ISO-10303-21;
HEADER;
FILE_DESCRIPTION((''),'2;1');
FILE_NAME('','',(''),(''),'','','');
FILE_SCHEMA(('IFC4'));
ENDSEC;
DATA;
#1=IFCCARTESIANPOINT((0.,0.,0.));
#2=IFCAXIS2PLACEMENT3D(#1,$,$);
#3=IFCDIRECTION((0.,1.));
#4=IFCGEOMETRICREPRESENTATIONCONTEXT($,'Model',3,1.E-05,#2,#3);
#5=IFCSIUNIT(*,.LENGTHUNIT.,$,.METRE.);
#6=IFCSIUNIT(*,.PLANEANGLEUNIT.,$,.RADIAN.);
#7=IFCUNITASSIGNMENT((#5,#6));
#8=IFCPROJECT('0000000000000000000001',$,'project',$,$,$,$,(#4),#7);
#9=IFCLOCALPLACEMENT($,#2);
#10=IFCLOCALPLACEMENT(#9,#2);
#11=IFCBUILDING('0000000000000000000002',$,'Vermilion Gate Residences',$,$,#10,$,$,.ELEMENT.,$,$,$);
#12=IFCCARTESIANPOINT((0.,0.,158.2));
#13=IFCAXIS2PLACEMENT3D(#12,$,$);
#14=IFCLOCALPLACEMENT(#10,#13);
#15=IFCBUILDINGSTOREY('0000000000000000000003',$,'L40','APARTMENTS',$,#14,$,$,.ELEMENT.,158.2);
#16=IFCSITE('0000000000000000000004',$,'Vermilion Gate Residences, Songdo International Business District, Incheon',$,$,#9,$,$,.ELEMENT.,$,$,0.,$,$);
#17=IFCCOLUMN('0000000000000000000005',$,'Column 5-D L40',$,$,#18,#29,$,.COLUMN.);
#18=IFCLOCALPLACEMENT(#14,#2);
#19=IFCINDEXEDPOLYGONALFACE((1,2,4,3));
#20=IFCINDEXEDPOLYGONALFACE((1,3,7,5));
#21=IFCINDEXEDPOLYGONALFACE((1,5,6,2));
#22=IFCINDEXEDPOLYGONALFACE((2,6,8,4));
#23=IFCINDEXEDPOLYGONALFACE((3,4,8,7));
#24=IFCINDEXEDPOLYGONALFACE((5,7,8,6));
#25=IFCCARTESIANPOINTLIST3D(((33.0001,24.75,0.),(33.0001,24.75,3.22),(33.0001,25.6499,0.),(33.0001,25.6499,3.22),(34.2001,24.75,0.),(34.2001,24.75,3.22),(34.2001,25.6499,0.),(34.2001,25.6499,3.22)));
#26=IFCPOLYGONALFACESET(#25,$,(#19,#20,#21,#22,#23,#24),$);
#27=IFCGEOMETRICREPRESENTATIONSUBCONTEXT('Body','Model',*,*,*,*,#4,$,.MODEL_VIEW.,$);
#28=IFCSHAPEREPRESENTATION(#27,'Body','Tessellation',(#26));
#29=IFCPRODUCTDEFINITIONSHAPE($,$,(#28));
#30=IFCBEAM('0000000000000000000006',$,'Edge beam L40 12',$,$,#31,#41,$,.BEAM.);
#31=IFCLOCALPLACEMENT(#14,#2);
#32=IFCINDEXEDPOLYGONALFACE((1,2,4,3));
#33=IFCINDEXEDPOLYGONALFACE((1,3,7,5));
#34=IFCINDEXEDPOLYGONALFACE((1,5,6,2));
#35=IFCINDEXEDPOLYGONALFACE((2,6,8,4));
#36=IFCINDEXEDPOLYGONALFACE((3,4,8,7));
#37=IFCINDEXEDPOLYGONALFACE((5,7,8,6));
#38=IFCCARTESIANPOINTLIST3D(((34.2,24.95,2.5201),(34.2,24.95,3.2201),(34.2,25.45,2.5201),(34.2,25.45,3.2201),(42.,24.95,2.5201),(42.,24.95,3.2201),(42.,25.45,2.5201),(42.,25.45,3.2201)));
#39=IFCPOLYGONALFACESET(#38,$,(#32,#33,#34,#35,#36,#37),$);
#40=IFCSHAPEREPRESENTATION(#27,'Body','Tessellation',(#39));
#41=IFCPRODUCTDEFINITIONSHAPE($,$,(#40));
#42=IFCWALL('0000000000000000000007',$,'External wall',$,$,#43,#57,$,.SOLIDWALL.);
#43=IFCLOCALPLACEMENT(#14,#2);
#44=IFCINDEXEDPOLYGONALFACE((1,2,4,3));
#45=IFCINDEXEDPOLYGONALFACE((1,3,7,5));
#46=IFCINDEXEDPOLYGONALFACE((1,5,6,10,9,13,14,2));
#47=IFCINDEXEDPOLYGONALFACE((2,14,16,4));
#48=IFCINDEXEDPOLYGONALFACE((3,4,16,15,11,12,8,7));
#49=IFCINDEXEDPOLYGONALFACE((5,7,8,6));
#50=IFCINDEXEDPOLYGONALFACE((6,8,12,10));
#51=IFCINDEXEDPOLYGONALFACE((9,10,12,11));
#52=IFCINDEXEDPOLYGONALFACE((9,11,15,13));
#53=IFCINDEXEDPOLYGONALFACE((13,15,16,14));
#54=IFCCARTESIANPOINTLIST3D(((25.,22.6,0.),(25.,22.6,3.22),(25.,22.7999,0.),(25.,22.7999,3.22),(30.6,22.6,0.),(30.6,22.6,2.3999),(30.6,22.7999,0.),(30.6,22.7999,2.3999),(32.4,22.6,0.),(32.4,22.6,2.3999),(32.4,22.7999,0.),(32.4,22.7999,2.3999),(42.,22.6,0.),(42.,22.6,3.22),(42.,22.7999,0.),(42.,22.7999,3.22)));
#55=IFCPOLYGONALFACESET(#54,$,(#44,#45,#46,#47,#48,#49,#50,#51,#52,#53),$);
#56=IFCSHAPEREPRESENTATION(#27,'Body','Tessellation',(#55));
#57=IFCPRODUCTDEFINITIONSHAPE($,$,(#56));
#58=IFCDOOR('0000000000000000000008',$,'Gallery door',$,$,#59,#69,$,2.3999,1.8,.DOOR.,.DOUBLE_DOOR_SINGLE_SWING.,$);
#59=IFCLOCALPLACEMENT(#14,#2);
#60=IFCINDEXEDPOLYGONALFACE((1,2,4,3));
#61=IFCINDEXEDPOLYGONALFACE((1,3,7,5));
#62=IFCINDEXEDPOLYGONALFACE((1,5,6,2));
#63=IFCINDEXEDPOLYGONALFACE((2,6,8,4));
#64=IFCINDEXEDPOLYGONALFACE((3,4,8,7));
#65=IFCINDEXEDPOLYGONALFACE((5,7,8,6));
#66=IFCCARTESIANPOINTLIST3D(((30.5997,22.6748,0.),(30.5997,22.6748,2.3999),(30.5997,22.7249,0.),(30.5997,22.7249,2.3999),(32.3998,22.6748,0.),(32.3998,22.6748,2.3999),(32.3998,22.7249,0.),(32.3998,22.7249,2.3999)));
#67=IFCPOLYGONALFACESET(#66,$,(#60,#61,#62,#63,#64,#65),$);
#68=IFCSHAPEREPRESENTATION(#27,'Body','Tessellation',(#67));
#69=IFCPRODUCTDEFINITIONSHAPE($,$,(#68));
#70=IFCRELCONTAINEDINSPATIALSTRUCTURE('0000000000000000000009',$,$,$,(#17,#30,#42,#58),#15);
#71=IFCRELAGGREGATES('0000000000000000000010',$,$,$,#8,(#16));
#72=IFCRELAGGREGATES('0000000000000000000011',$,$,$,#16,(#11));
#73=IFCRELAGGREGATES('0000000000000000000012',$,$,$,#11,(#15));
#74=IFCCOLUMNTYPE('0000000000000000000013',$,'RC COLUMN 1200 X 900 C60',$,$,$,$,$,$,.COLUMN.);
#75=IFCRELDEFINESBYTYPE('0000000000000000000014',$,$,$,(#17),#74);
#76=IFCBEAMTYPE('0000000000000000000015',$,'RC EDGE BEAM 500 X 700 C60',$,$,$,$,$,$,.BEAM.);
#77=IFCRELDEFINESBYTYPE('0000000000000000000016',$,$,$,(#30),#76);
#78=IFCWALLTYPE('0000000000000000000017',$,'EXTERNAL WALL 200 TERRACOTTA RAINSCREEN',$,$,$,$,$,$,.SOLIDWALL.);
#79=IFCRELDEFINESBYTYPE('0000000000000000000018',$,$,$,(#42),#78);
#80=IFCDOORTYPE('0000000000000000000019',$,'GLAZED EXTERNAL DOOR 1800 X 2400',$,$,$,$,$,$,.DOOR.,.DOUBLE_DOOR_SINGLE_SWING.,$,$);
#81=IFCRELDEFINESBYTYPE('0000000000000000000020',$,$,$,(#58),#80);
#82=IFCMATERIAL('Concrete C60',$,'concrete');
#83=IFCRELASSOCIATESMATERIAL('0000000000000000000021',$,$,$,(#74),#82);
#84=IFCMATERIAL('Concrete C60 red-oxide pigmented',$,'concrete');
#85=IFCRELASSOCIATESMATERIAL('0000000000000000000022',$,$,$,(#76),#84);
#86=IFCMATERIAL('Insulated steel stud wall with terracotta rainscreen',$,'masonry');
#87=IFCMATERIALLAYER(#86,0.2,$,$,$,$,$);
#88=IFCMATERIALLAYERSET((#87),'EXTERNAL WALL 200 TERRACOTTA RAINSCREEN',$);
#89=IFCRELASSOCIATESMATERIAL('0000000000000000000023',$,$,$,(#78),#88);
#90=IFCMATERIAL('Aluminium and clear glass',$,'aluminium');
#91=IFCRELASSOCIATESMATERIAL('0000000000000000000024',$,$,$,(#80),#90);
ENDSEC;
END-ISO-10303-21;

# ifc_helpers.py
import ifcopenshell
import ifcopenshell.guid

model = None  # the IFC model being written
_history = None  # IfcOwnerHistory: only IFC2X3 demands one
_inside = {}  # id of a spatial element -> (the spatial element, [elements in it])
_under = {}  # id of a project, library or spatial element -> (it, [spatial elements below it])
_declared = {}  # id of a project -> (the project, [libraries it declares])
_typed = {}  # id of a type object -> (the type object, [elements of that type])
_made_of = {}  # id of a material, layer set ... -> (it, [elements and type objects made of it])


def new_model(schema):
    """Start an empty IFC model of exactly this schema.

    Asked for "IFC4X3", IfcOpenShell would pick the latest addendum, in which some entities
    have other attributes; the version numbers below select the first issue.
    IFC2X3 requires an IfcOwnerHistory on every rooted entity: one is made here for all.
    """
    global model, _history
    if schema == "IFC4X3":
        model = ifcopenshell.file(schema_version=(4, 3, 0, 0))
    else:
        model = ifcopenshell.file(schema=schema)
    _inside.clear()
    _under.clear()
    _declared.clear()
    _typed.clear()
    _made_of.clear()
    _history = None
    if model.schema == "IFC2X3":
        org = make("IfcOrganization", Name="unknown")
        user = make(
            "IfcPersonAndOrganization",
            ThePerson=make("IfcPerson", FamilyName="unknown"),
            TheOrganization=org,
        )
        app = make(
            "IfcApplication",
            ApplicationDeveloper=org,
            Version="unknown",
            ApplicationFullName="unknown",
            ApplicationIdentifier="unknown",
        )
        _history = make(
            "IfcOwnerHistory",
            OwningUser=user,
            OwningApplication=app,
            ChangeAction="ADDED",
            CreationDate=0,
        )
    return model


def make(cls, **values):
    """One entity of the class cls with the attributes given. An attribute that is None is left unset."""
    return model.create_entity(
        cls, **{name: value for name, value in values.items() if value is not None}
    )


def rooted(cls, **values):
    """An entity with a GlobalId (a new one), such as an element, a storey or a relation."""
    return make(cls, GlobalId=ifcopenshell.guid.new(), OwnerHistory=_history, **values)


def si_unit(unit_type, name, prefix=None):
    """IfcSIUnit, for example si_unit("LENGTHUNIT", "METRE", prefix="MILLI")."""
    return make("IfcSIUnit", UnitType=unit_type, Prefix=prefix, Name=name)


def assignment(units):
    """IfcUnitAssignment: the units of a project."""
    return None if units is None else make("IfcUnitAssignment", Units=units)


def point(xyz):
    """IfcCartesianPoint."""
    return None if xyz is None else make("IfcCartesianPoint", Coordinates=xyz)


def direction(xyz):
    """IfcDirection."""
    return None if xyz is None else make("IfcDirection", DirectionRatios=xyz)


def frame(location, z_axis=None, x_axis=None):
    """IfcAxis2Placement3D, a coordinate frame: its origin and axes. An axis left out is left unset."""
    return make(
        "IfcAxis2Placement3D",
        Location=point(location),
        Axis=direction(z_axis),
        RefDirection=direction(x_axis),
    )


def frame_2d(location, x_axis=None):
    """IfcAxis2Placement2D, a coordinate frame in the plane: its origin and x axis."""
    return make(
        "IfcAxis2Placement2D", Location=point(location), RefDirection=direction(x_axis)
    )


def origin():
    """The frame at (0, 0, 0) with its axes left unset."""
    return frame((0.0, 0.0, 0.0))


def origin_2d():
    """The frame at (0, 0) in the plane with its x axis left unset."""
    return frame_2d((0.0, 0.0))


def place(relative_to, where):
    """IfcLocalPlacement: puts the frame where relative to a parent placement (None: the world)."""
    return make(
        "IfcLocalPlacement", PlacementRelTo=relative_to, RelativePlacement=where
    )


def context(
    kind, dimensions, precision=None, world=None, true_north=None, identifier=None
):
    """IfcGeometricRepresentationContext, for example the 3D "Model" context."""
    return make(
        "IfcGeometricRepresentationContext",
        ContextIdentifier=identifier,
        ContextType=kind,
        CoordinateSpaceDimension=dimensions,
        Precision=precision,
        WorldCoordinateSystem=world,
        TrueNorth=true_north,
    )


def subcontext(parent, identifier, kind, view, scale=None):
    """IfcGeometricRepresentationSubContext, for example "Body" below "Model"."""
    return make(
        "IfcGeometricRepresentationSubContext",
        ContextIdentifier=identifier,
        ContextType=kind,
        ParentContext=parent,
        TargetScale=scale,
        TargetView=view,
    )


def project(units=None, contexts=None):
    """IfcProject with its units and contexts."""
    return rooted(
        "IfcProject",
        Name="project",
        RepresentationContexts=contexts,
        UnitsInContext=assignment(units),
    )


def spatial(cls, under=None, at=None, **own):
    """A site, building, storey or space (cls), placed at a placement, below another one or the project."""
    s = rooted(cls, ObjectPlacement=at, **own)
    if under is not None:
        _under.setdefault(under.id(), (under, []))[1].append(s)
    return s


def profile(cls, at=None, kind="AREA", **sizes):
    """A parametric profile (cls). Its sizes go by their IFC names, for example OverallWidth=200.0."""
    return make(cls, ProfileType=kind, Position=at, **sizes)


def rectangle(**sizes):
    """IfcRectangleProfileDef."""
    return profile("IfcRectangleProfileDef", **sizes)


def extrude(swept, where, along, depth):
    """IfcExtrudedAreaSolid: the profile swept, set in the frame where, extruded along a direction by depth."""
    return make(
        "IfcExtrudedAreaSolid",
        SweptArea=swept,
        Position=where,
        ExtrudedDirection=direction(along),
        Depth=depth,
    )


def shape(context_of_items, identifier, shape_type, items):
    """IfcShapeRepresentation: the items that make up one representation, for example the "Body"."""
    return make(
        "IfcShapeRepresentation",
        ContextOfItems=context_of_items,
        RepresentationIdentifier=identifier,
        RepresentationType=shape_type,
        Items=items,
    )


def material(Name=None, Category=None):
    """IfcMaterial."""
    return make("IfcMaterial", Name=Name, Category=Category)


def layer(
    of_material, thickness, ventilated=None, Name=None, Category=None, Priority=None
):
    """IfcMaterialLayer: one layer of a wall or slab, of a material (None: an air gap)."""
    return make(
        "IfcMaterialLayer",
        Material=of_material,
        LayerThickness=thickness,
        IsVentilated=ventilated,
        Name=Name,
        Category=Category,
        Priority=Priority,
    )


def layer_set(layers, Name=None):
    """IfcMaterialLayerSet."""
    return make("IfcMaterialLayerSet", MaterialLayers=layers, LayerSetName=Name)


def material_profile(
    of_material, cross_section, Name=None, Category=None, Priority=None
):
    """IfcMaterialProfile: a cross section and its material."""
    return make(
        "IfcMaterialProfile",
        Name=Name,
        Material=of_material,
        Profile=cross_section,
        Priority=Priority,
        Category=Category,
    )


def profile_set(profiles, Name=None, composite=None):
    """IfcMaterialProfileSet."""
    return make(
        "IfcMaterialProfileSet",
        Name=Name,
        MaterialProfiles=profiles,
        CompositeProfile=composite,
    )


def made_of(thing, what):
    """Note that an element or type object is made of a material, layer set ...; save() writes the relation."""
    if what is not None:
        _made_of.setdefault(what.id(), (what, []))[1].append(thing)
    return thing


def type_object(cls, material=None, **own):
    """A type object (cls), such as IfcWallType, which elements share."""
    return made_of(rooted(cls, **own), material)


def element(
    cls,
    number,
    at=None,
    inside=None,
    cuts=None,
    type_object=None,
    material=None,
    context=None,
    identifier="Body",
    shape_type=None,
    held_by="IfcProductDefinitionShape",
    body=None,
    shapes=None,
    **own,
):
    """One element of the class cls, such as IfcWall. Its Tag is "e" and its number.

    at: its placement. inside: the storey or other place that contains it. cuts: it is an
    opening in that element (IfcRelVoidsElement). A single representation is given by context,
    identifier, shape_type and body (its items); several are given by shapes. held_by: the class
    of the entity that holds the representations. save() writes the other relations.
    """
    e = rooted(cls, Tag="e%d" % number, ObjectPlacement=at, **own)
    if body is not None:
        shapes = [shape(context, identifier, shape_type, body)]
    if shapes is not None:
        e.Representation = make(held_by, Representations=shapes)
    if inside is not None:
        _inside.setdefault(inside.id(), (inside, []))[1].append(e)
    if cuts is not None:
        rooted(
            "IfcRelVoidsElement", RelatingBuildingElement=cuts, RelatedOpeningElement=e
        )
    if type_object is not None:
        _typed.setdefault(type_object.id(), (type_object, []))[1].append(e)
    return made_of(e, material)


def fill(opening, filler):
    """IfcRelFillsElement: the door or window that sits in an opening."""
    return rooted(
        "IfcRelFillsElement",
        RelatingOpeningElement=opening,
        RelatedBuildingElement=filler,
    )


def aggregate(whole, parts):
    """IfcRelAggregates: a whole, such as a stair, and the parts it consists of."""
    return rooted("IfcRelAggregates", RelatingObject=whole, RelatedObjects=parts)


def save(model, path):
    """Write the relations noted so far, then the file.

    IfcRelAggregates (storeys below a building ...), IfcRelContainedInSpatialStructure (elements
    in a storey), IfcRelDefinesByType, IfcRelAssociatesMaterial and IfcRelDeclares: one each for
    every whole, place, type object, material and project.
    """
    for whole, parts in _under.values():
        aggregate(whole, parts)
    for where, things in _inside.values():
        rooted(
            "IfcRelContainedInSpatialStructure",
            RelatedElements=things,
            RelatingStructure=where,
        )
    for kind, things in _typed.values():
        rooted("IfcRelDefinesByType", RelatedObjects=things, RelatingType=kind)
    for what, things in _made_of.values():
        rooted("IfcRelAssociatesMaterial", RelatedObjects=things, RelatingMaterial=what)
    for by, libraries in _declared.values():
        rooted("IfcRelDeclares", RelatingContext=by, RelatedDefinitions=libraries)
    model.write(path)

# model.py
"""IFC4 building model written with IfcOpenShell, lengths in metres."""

from ifc_helpers import new_model, si_unit, direction, frame, frame_2d, origin, origin_2d, place, context, subcontext, project, spatial, rectangle, extrude, material, layer, layer_set, material_profile, profile_set, type_object, element, fill, save


model = new_model("IFC4")

# Units and contexts
model_context = context("Model", 3, precision=1e-05, world=origin(), true_north=direction((0.0, 1.0)))
body_context = subcontext(model_context, "Body", "Model", "MODEL_VIEW")
ifc_project = project(units=[si_unit("LENGTHUNIT", "METRE"), si_unit("PLANEANGLEUNIT", "RADIAN")], contexts=[model_context])

# Site, building, storey
site_placement = place(None, origin())
site = spatial("IfcSite", under=ifc_project, at=site_placement, Name="Vermilion Gate Residences, Songdo International Business District, Incheon", CompositionType="ELEMENT", RefElevation=0.0)
building_placement = place(site_placement, origin())
building = spatial("IfcBuilding", under=site, at=building_placement, Name="Vermilion Gate Residences", CompositionType="ELEMENT")
storey_placement = place(building_placement, frame((0.0, 0.0, 158.2)))
storey = spatial("IfcBuildingStorey", under=building, at=storey_placement, Name="L40", Description="APARTMENTS", CompositionType="ELEMENT", Elevation=158.2)

# Column
ifc_material_1 = material(Name="Concrete C60", Category="concrete")
ifc_material_profile_1 = material_profile(ifc_material_1, rectangle(XDim=1.2, YDim=0.8999, at=origin_2d()), Name="RC-1200x900")
ifc_profile_set_1 = profile_set([ifc_material_profile_1], Name="Concrete C60")
column_type = type_object("IfcColumnType", Name="RC COLUMN 1200 X 900 C60", PredefinedType="COLUMN", material=ifc_profile_set_1)
column_placement = place(storey_placement, frame((33.6001, 25.2, 0.0), z_axis=(0.0, 0.0, 1.0), x_axis=(1.0, 0.0, 0.0)))
element("IfcColumn", 1, at=column_placement, inside=storey, type_object=column_type, Name="Column 5-D L40", PredefinedType="COLUMN", context=body_context, shape_type="SweptSolid", body=[
    extrude(rectangle(XDim=1.2, YDim=0.8999, at=origin_2d()), origin(), (0.0, 0.0, 1.0), 3.22),
])

# Beam
ifc_material_2 = material(Name="Concrete C60 red-oxide pigmented", Category="concrete")
ifc_material_profile_2 = material_profile(ifc_material_2, rectangle(XDim=0.5, YDim=0.7, at=origin_2d()), Name="RC-500x700")
ifc_profile_set_2 = profile_set([ifc_material_profile_2], Name="Concrete C60 red-oxide pigmented")
beam_type = type_object("IfcBeamType", Name="RC EDGE BEAM 500 X 700 C60", PredefinedType="BEAM", material=ifc_profile_set_2)
beam_placement = place(storey_placement, frame((34.2, 25.2, 2.8701), z_axis=(1.0, 0.0, 0.0), x_axis=(0.0, 1.0, 0.0)))
element("IfcBeam", 2, at=beam_placement, inside=storey, type_object=beam_type, Name="Edge beam L40 12", PredefinedType="BEAM", context=body_context, shape_type="SweptSolid", body=[
    extrude(rectangle(XDim=0.5, YDim=0.7, at=origin_2d()), origin(), (0.0, 0.0, 1.0), 7.8),
])

# Wall, opening, door
ifc_material_3 = material(Name="Insulated steel stud wall with terracotta rainscreen", Category="masonry")
ifc_layer_1 = layer(ifc_material_3, 0.2)
ifc_layer_set_1 = layer_set([ifc_layer_1], Name="EXTERNAL WALL 200 TERRACOTTA RAINSCREEN")
wall_type_1 = type_object("IfcWallType", Name="EXTERNAL WALL 200 TERRACOTTA RAINSCREEN", PredefinedType="SOLIDWALL", material=ifc_layer_set_1)
wall_1_placement = place(storey_placement, frame((42.0, 22.7, 0.0), z_axis=(0.0, 0.0, 1.0), x_axis=(-1.0, 0.0, 0.0)))
wall_1 = element("IfcWall", 3, at=wall_1_placement, inside=storey, type_object=wall_type_1, Name="External wall", PredefinedType="SOLIDWALL", context=body_context, shape_type="SweptSolid", body=[
    extrude(rectangle(XDim=17.0, YDim=0.2, at=frame_2d((8.5, 0.0))), origin(), (0.0, 0.0, 1.0), 3.22),
])
opening_1_placement = place(wall_1_placement, frame((9.6001, 0.0, 0.0)))
opening_1 = element("IfcOpeningElement", 4, at=opening_1_placement, cuts=wall_1, PredefinedType="OPENING", context=body_context, shape_type="SweptSolid", body=[
    extrude(rectangle(XDim=1.8, YDim=2.3999, at=frame_2d((0.8999, 1.2))), frame((0.0, 0.1099, 0.0), z_axis=(0.0, -1.0, 0.0), x_axis=(1.0, 0.0, 0.0)), (0.0, 0.0, 1.0), 0.22),
])
ifc_material_4 = material(Name="Aluminium and clear glass", Category="aluminium")
door_type = type_object("IfcDoorType", Name="GLAZED EXTERNAL DOOR 1800 X 2400", OperationType="DOUBLE_DOOR_SINGLE_SWING", PredefinedType="DOOR", material=ifc_material_4)
door_placement = place(opening_1_placement, frame((1.8, 0.0, 0.0), z_axis=(0.0, 0.0, 1.0), x_axis=(-1.0, 0.0, 0.0)))
door = element("IfcDoor", 5, at=door_placement, inside=storey, type_object=door_type, Name="Gallery door", OperationType="DOUBLE_DOOR_SINGLE_SWING", OverallHeight=2.3999, OverallWidth=1.8, PredefinedType="DOOR", context=body_context, shape_type="SweptSolid", body=[
    extrude(rectangle(XDim=1.8, YDim=2.3999, at=frame_2d((0.8999, 1.2))), frame((0.0, 0.0249, 0.0), z_axis=(0.0, -1.0, 0.0), x_axis=(1.0, 0.0, 0.0)), (0.0, 0.0, 1.0), 0.05),
])
fill(opening_1, door)

save(model, "model.ifc")
